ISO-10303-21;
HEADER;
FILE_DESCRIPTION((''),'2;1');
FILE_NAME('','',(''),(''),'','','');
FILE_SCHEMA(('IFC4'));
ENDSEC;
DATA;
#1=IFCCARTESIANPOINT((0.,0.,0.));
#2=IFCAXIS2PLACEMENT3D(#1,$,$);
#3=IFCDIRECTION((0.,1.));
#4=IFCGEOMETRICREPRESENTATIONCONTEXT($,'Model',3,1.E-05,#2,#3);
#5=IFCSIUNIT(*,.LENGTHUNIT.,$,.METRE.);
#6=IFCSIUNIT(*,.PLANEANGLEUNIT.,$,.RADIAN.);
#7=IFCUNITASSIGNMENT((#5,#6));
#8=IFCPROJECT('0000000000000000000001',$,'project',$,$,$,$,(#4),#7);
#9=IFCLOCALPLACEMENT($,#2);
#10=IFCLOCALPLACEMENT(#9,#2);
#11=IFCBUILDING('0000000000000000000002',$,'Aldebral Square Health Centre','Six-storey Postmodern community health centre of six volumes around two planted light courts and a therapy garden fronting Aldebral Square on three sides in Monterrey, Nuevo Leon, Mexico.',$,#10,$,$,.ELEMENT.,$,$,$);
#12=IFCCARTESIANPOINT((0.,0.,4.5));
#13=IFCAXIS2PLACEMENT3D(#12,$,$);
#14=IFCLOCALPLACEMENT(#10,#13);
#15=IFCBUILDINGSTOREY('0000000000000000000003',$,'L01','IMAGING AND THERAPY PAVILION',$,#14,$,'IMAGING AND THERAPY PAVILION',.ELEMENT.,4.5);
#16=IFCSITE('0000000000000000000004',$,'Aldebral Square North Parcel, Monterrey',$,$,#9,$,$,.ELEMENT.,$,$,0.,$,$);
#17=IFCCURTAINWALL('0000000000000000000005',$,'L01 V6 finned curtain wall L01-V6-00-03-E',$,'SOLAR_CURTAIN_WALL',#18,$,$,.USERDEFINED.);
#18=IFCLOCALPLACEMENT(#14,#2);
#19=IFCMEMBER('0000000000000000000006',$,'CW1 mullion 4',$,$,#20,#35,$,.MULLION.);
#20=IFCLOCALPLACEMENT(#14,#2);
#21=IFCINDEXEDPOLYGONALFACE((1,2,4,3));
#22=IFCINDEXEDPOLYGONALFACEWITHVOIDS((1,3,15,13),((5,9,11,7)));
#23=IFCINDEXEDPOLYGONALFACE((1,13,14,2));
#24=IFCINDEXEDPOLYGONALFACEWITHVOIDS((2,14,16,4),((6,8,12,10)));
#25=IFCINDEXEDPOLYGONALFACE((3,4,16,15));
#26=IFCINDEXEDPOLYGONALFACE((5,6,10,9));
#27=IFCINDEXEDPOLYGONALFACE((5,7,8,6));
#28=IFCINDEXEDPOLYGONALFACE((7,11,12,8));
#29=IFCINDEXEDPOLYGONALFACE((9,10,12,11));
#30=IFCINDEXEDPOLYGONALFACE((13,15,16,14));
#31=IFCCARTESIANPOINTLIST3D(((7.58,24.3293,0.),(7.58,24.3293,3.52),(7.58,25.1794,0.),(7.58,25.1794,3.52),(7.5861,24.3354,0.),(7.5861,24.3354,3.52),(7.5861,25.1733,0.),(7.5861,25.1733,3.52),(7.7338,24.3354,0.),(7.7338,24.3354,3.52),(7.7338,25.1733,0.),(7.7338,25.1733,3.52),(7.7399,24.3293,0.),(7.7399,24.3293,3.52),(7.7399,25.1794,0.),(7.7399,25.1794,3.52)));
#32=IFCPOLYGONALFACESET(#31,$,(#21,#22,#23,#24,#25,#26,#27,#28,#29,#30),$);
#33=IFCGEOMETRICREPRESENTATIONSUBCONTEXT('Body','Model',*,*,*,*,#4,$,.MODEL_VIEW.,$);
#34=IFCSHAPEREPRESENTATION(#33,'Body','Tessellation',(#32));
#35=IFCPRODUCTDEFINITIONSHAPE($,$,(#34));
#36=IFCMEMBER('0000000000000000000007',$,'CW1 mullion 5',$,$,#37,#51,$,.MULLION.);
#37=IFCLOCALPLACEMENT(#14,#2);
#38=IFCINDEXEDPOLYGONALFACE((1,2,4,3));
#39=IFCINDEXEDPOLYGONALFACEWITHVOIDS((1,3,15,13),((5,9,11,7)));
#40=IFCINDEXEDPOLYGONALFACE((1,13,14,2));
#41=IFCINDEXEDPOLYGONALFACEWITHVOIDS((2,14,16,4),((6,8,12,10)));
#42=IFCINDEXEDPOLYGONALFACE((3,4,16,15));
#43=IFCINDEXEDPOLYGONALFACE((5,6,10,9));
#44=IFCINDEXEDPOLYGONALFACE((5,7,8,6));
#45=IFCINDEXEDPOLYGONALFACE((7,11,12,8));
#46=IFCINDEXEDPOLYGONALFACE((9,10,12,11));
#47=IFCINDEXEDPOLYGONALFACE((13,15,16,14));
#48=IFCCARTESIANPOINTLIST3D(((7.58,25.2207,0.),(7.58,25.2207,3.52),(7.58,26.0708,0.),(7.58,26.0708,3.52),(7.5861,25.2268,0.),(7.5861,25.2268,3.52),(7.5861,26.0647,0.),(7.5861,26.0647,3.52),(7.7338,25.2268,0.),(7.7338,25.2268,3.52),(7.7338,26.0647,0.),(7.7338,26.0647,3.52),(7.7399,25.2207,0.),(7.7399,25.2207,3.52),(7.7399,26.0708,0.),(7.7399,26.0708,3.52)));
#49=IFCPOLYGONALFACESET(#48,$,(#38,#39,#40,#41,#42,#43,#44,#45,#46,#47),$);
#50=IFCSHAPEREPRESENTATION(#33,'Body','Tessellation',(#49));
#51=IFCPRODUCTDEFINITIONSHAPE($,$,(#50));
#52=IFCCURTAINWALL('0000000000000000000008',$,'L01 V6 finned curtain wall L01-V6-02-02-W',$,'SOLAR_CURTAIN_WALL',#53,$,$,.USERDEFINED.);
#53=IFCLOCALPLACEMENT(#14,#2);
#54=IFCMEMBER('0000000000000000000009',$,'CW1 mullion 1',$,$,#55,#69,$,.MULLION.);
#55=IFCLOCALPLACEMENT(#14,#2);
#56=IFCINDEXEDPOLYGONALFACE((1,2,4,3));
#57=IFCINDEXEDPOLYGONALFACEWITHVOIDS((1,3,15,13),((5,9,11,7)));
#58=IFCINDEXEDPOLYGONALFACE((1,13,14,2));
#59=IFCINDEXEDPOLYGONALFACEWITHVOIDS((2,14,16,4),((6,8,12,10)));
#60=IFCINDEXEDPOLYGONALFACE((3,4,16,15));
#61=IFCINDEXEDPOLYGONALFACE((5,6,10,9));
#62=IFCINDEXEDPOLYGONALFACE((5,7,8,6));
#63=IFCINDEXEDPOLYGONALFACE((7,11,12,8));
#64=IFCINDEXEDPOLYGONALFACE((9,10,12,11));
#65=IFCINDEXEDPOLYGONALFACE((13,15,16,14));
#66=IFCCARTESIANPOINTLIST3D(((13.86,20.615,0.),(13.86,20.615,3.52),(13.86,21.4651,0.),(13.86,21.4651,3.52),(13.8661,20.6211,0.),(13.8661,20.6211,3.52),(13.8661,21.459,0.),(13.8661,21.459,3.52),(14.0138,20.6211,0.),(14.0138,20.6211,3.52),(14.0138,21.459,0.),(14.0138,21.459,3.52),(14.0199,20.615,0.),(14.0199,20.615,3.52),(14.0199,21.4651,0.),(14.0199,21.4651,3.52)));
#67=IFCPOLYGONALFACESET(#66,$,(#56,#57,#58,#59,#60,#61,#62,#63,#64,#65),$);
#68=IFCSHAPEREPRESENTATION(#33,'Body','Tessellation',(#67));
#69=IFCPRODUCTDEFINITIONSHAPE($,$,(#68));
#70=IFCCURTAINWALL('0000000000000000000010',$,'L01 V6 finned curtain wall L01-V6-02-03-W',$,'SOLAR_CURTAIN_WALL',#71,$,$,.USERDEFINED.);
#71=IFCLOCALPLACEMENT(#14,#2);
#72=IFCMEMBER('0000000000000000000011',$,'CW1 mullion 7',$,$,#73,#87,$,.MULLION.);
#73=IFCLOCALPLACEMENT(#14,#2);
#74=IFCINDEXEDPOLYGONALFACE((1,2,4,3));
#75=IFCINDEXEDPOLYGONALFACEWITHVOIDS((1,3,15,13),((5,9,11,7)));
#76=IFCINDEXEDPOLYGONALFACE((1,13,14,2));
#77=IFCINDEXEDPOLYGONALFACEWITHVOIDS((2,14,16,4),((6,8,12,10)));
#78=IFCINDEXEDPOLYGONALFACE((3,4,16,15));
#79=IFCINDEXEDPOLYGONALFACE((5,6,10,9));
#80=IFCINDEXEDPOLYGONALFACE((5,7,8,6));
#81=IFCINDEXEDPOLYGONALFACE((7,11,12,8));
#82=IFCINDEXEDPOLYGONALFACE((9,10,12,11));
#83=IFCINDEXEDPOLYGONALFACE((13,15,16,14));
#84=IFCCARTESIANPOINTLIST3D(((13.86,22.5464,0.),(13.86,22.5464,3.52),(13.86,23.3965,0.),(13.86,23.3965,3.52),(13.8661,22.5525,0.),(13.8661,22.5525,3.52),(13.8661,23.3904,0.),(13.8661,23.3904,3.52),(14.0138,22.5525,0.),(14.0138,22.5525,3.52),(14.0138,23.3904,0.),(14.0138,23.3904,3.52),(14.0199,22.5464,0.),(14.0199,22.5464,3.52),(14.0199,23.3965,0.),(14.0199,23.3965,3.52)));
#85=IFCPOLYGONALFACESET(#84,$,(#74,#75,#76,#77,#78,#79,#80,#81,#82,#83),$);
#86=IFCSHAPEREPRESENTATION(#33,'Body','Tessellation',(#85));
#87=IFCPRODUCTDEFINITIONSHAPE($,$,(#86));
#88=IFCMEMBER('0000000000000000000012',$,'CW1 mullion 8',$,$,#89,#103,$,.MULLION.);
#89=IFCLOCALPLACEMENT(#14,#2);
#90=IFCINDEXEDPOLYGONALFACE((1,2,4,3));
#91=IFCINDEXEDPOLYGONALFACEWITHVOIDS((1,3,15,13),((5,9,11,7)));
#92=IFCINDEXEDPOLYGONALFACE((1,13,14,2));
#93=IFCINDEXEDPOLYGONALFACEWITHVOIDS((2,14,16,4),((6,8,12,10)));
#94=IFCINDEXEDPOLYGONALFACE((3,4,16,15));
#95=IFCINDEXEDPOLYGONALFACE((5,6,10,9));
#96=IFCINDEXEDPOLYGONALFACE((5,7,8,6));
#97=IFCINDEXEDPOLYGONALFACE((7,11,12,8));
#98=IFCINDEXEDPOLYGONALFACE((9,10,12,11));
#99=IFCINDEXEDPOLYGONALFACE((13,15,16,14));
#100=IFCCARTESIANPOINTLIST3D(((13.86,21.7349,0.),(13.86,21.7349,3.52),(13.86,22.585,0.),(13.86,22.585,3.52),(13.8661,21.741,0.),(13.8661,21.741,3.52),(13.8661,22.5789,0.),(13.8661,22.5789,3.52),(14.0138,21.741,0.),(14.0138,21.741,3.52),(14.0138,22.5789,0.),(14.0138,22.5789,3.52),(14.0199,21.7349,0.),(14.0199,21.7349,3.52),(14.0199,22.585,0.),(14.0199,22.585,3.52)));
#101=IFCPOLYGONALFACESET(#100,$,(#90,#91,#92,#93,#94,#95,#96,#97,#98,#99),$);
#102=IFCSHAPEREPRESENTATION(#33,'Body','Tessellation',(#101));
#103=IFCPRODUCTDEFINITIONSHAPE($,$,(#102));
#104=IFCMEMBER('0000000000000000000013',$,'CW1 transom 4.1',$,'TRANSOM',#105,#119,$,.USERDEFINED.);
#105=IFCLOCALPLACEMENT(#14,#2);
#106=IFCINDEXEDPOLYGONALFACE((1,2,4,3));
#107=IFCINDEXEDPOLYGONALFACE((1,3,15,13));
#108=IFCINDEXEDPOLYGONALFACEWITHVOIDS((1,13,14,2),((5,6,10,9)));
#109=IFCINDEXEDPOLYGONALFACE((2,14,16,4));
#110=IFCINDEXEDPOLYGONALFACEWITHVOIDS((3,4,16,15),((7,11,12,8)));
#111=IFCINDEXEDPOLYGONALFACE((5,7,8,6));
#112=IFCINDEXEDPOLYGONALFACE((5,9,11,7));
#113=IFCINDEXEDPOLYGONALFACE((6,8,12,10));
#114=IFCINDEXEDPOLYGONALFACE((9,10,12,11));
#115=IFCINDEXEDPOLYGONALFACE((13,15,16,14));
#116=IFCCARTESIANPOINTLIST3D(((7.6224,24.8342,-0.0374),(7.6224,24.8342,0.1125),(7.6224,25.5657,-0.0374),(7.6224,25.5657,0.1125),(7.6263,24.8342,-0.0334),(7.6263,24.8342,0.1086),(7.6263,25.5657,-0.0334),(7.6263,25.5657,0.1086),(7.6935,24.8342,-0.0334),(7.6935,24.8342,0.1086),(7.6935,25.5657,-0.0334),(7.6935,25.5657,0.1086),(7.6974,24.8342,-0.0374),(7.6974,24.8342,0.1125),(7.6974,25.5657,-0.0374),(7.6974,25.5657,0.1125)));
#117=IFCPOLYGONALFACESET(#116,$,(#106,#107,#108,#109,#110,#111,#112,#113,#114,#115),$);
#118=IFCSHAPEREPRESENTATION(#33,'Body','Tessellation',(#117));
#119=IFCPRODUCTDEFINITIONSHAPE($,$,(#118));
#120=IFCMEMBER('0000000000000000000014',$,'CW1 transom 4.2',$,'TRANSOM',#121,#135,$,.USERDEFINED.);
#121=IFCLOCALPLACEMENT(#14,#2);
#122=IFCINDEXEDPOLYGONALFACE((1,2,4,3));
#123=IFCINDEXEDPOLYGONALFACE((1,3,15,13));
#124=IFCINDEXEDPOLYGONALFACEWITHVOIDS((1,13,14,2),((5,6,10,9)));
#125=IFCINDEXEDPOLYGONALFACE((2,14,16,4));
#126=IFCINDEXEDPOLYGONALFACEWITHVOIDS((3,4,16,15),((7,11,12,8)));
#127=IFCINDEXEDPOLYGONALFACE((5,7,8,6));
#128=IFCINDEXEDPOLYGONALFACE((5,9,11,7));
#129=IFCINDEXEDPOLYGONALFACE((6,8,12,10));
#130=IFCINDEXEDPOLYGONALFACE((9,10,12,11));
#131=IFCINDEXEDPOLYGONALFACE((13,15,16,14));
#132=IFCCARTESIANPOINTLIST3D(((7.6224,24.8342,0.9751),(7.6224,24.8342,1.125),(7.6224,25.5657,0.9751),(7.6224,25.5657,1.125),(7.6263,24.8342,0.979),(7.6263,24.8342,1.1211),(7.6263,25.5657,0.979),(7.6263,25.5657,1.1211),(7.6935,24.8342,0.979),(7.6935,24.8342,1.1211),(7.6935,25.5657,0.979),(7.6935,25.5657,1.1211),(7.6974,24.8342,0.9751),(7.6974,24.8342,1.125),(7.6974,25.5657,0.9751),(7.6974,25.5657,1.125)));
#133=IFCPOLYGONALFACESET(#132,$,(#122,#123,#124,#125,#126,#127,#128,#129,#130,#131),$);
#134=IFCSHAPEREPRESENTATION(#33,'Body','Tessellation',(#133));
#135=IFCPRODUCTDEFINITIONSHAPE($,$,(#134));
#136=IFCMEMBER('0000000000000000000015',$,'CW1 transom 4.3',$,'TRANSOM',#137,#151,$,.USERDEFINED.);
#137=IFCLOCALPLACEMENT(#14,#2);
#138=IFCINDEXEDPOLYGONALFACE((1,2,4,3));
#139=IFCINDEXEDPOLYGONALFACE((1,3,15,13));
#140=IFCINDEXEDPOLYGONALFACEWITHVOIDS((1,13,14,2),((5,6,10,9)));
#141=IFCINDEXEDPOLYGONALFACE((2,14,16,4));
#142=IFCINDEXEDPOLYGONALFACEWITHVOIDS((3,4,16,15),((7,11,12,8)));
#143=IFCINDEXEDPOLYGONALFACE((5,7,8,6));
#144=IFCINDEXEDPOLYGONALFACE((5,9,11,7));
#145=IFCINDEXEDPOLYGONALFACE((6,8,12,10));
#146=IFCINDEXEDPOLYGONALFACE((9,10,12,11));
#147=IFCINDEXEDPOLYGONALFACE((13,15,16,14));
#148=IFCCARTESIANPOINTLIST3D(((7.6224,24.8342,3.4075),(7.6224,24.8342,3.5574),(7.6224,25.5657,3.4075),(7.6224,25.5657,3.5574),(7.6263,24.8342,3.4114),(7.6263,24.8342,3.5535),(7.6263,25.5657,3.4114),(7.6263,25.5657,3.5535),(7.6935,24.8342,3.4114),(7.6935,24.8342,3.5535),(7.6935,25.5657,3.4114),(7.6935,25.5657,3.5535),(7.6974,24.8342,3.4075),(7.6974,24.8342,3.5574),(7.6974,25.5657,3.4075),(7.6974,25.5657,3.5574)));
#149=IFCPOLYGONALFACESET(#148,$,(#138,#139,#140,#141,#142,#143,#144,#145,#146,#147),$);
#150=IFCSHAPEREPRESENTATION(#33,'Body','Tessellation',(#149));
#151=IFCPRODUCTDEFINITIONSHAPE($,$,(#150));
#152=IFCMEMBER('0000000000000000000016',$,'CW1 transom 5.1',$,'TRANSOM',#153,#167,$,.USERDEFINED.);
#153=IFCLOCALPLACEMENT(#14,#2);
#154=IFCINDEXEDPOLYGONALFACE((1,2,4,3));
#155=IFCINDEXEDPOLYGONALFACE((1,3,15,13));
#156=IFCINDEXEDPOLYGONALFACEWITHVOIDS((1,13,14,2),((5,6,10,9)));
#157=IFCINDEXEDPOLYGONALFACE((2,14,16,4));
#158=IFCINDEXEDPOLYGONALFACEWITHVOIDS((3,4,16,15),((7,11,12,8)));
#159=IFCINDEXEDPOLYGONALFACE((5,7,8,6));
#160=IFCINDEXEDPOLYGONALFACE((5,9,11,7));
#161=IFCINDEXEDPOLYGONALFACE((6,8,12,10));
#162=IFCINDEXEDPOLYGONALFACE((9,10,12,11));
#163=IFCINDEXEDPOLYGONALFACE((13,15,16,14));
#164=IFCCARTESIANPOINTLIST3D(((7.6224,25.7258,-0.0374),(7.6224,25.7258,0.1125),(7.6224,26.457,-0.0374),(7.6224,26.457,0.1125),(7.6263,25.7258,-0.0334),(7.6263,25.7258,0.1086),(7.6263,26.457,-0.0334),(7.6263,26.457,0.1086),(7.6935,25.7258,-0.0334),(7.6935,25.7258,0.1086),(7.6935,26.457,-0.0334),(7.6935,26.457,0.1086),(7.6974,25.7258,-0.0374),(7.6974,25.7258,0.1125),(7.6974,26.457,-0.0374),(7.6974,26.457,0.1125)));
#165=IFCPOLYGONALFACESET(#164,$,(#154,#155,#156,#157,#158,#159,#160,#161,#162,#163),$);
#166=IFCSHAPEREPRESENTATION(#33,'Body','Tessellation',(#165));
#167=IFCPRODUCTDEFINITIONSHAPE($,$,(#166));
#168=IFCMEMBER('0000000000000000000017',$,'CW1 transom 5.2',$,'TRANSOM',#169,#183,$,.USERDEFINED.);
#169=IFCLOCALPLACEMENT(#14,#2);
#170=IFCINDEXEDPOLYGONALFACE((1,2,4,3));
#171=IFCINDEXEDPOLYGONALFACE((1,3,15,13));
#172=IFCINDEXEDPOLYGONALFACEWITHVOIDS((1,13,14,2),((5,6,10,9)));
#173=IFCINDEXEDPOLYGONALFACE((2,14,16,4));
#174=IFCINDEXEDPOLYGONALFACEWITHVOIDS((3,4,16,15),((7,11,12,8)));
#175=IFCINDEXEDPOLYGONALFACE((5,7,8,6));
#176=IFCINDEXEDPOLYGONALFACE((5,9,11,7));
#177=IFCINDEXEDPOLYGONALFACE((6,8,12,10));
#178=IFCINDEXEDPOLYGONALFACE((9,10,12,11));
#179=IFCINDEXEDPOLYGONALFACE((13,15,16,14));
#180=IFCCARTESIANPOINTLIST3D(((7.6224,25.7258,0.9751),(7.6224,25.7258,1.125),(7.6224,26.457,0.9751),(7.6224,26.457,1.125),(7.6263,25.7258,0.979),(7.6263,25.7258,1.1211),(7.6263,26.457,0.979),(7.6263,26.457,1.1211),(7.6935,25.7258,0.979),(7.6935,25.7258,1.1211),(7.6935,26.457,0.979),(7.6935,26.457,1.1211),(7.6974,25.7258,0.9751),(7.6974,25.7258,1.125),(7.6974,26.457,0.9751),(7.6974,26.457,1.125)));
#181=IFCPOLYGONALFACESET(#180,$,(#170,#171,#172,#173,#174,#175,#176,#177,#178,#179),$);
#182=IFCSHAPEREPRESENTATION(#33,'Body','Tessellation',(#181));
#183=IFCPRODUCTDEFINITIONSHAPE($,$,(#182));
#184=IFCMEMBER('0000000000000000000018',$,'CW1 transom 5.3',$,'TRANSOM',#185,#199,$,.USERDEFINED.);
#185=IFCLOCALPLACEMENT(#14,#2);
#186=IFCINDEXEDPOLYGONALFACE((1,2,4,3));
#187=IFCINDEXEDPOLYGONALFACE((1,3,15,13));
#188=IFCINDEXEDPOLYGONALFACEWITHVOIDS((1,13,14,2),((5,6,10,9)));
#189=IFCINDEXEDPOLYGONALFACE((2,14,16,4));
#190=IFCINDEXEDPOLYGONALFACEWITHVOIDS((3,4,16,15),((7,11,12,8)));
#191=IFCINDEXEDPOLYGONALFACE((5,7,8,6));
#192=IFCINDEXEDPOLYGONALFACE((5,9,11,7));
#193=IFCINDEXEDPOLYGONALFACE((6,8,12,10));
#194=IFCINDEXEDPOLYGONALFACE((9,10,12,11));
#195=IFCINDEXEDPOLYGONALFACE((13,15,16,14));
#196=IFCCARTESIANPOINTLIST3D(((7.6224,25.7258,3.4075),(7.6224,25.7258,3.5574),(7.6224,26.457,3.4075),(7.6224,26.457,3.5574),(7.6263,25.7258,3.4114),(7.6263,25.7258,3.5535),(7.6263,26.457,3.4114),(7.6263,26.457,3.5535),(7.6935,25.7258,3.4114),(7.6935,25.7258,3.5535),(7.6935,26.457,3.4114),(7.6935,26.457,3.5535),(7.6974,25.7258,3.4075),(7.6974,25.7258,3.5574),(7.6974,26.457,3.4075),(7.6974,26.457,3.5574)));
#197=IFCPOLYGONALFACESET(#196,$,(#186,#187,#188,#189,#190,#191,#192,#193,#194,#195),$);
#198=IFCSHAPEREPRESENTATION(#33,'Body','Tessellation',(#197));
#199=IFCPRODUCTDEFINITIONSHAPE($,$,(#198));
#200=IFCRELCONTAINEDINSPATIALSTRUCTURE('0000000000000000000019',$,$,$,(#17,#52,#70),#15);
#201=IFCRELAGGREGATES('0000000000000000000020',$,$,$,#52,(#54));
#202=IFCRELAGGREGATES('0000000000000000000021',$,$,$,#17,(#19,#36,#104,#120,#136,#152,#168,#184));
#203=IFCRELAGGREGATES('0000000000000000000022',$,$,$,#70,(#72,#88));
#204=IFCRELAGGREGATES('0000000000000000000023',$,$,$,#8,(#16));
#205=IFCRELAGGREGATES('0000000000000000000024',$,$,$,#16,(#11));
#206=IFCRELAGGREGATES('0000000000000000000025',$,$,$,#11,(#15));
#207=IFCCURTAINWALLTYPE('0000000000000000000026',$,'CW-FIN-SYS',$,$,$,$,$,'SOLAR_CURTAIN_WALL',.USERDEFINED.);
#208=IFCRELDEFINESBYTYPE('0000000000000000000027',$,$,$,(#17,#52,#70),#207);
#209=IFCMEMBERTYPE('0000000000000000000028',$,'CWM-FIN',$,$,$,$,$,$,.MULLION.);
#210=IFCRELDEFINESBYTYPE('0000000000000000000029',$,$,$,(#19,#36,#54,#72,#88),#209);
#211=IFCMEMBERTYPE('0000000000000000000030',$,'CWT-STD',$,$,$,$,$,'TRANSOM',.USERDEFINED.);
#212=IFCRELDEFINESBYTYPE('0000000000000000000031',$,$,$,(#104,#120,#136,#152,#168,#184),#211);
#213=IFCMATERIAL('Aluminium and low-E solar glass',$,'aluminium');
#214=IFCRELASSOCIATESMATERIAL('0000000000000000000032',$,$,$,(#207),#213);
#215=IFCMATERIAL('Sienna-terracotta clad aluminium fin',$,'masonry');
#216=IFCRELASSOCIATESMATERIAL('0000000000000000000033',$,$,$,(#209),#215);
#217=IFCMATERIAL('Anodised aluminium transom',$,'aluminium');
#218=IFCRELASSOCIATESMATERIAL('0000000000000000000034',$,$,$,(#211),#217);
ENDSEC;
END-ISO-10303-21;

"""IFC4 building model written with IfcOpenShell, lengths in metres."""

from ifc_helpers import new_model, si_unit, direction, frame, origin, origin_2d, place, context, subcontext, project, spatial, hollow_rectangle, extrude, material, material_profile, profile_set, type_object, element, aggregate, save


model = new_model("IFC4")

# Units and contexts
model_context = context("Model", 3, precision=1e-05, world=origin(), true_north=direction((0.0, 1.0)))
body_context = subcontext(model_context, "Body", "Model", "MODEL_VIEW")
ifc_project = project(units=[si_unit("LENGTHUNIT", "METRE"), si_unit("PLANEANGLEUNIT", "RADIAN")], contexts=[model_context])

# Site, building, storey
site_placement = place(None, origin())
site = spatial("IfcSite", under=ifc_project, at=site_placement, Name="Aldebral Square North Parcel, Monterrey", CompositionType="ELEMENT", RefElevation=0.0)
building_placement = place(site_placement, origin())
building = spatial("IfcBuilding", under=site, at=building_placement, Name="Aldebral Square Health Centre", Description="Six-storey Postmodern community health centre of six volumes around two planted light courts and a therapy garden fronting Aldebral Square on three sides in Monterrey, Nuevo Leon, Mexico.", CompositionType="ELEMENT")
storey_placement = place(building_placement, frame((0.0, 0.0, 4.5)))
storey = spatial("IfcBuildingStorey", under=building, at=storey_placement, Name="L01", Description="IMAGING AND THERAPY PAVILION", LongName="IMAGING AND THERAPY PAVILION", CompositionType="ELEMENT", Elevation=4.5)

# Curtain wall, members
ifc_material_1 = material(Name="Aluminium and low-E solar glass", Category="aluminium")
curtain_wall_type = type_object("IfcCurtainWallType", Name="CW-FIN-SYS", ElementType="SOLAR_CURTAIN_WALL", PredefinedType="USERDEFINED", material=ifc_material_1)
curtain_wall_1_placement = place(storey_placement, origin())
curtain_wall_1 = element("IfcCurtainWall", 1, at=curtain_wall_1_placement, inside=storey, type_object=curtain_wall_type, Name="L01 V6 finned curtain wall L01-V6-00-03-E", ObjectType="SOLAR_CURTAIN_WALL", PredefinedType="USERDEFINED")
ifc_material_2 = material(Name="Sienna-terracotta clad aluminium fin", Category="masonry")
ifc_material_profile_1 = material_profile(ifc_material_2, hollow_rectangle(XDim=0.1599, YDim=0.8501, WallThickness=0.0061, at=origin_2d()), Name="FIN 160x850x6")
ifc_profile_set_1 = profile_set([ifc_material_profile_1], Name="Sienna-terracotta clad aluminium fin")
member_type_1 = type_object("IfcMemberType", Name="CWM-FIN", PredefinedType="MULLION", material=ifc_profile_set_1)
member_1_placement = place(storey_placement, frame((7.6599, 24.7544, 0.0), z_axis=(0.0, 0.0, 1.0), x_axis=(-1.0, 0.0, 0.0)))
member_1 = element("IfcMember", 2, at=member_1_placement, type_object=member_type_1, Name="CW1 mullion 4", PredefinedType="MULLION", context=body_context, shape_type="SweptSolid", body=[
    extrude(hollow_rectangle(XDim=0.1599, YDim=0.8501, WallThickness=0.0061, at=origin_2d()), origin(), (0.0, 0.0, 1.0), 3.52),
])
member_2_placement = place(storey_placement, frame((7.6599, 25.6458, 0.0), z_axis=(0.0, 0.0, 1.0), x_axis=(-1.0, 0.0, 0.0)))
member_2 = element("IfcMember", 3, at=member_2_placement, type_object=member_type_1, Name="CW1 mullion 5", PredefinedType="MULLION", context=body_context, shape_type="SweptSolid", body=[
    extrude(hollow_rectangle(XDim=0.1599, YDim=0.8501, WallThickness=0.0061, at=origin_2d()), origin(), (0.0, 0.0, 1.0), 3.52),
])

# Curtain wall, member
curtain_wall_2_placement = place(storey_placement, origin())
curtain_wall_2 = element("IfcCurtainWall", 4, at=curtain_wall_2_placement, inside=storey, type_object=curtain_wall_type, Name="L01 V6 finned curtain wall L01-V6-02-02-W", ObjectType="SOLAR_CURTAIN_WALL", PredefinedType="USERDEFINED")
member_3_placement = place(storey_placement, frame((13.9399, 21.04, 0.0), z_axis=(0.0, 0.0, 1.0), x_axis=(1.0, 0.0, 0.0)))
member_3 = element("IfcMember", 5, at=member_3_placement, type_object=member_type_1, Name="CW1 mullion 1", PredefinedType="MULLION", context=body_context, shape_type="SweptSolid", body=[
    extrude(hollow_rectangle(XDim=0.1599, YDim=0.8501, WallThickness=0.0061, at=origin_2d()), origin(), (0.0, 0.0, 1.0), 3.52),
])

# Curtain wall, members
curtain_wall_3_placement = place(storey_placement, origin())
curtain_wall_3 = element("IfcCurtainWall", 6, at=curtain_wall_3_placement, inside=storey, type_object=curtain_wall_type, Name="L01 V6 finned curtain wall L01-V6-02-03-W", ObjectType="SOLAR_CURTAIN_WALL", PredefinedType="USERDEFINED")
member_4_placement = place(storey_placement, frame((13.9399, 22.9714, 0.0), z_axis=(0.0, 0.0, 1.0), x_axis=(1.0, 0.0, 0.0)))
member_4 = element("IfcMember", 7, at=member_4_placement, type_object=member_type_1, Name="CW1 mullion 7", PredefinedType="MULLION", context=body_context, shape_type="SweptSolid", body=[
    extrude(hollow_rectangle(XDim=0.1599, YDim=0.8501, WallThickness=0.0061, at=origin_2d()), origin(), (0.0, 0.0, 1.0), 3.52),
])
member_5_placement = place(storey_placement, frame((13.9399, 22.1599, 0.0), z_axis=(0.0, 0.0, 1.0), x_axis=(1.0, 0.0, 0.0)))
member_5 = element("IfcMember", 8, at=member_5_placement, type_object=member_type_1, Name="CW1 mullion 8", PredefinedType="MULLION", context=body_context, shape_type="SweptSolid", body=[
    extrude(hollow_rectangle(XDim=0.1599, YDim=0.8501, WallThickness=0.0061, at=origin_2d()), origin(), (0.0, 0.0, 1.0), 3.52),
])

# Members
ifc_material_3 = material(Name="Anodised aluminium transom", Category="aluminium")
ifc_material_profile_2 = material_profile(ifc_material_3, hollow_rectangle(XDim=0.075, YDim=0.1499, WallThickness=0.0039, at=origin_2d()), Name="CWT 75x150x4")
ifc_profile_set_2 = profile_set([ifc_material_profile_2], Name="Anodised aluminium transom")
member_type_2 = type_object("IfcMemberType", Name="CWT-STD", ElementType="TRANSOM", PredefinedType="USERDEFINED", material=ifc_profile_set_2)
member_6_placement = place(storey_placement, frame((7.6599, 24.8342, 0.0376), z_axis=(0.0, 1.0, 0.0), x_axis=(-1.0, 0.0, 0.0)))
member_6 = element("IfcMember", 9, at=member_6_placement, type_object=member_type_2, Name="CW1 transom 4.1", ObjectType="TRANSOM", PredefinedType="USERDEFINED", context=body_context, shape_type="SweptSolid", body=[
    extrude(hollow_rectangle(XDim=0.075, YDim=0.1499, WallThickness=0.0039, at=origin_2d()), origin(), (0.0, 0.0, 1.0), 0.7314),
])
member_7_placement = place(storey_placement, frame((7.6599, 24.8342, 1.05), z_axis=(0.0, 1.0, 0.0), x_axis=(-1.0, 0.0, 0.0)))
member_7 = element("IfcMember", 10, at=member_7_placement, type_object=member_type_2, Name="CW1 transom 4.2", ObjectType="TRANSOM", PredefinedType="USERDEFINED", context=body_context, shape_type="SweptSolid", body=[
    extrude(hollow_rectangle(XDim=0.075, YDim=0.1499, WallThickness=0.0039, at=origin_2d()), origin(), (0.0, 0.0, 1.0), 0.7314),
])
member_8_placement = place(storey_placement, frame((7.6599, 24.8342, 3.4824), z_axis=(0.0, 1.0, 0.0), x_axis=(-1.0, 0.0, 0.0)))
member_8 = element("IfcMember", 11, at=member_8_placement, type_object=member_type_2, Name="CW1 transom 4.3", ObjectType="TRANSOM", PredefinedType="USERDEFINED", context=body_context, shape_type="SweptSolid", body=[
    extrude(hollow_rectangle(XDim=0.075, YDim=0.1499, WallThickness=0.0039, at=origin_2d()), origin(), (0.0, 0.0, 1.0), 0.7314),
])
member_9_placement = place(storey_placement, frame((7.6599, 25.7258, 0.0376), z_axis=(0.0, 1.0, 0.0), x_axis=(-1.0, 0.0, 0.0)))
member_9 = element("IfcMember", 12, at=member_9_placement, type_object=member_type_2, Name="CW1 transom 5.1", ObjectType="TRANSOM", PredefinedType="USERDEFINED", context=body_context, shape_type="SweptSolid", body=[
    extrude(hollow_rectangle(XDim=0.075, YDim=0.1499, WallThickness=0.0039, at=origin_2d()), origin(), (0.0, 0.0, 1.0), 0.7312),
])
member_10_placement = place(storey_placement, frame((7.6599, 25.7258, 1.05), z_axis=(0.0, 1.0, 0.0), x_axis=(-1.0, 0.0, 0.0)))
member_10 = element("IfcMember", 13, at=member_10_placement, type_object=member_type_2, Name="CW1 transom 5.2", ObjectType="TRANSOM", PredefinedType="USERDEFINED", context=body_context, shape_type="SweptSolid", body=[
    extrude(hollow_rectangle(XDim=0.075, YDim=0.1499, WallThickness=0.0039, at=origin_2d()), origin(), (0.0, 0.0, 1.0), 0.7312),
])
member_11_placement = place(storey_placement, frame((7.6599, 25.7258, 3.4824), z_axis=(0.0, 1.0, 0.0), x_axis=(-1.0, 0.0, 0.0)))
member_11 = element("IfcMember", 14, at=member_11_placement, type_object=member_type_2, Name="CW1 transom 5.3", ObjectType="TRANSOM", PredefinedType="USERDEFINED", context=body_context, shape_type="SweptSolid", body=[
    extrude(hollow_rectangle(XDim=0.075, YDim=0.1499, WallThickness=0.0039, at=origin_2d()), origin(), (0.0, 0.0, 1.0), 0.7312),
])
aggregate(curtain_wall_2, [member_3])

aggregate(curtain_wall_1, [member_1, member_2, member_6, member_7, member_8, member_9, member_10, member_11])
aggregate(curtain_wall_3, [member_4, member_5])

save(model, "model.ifc")
